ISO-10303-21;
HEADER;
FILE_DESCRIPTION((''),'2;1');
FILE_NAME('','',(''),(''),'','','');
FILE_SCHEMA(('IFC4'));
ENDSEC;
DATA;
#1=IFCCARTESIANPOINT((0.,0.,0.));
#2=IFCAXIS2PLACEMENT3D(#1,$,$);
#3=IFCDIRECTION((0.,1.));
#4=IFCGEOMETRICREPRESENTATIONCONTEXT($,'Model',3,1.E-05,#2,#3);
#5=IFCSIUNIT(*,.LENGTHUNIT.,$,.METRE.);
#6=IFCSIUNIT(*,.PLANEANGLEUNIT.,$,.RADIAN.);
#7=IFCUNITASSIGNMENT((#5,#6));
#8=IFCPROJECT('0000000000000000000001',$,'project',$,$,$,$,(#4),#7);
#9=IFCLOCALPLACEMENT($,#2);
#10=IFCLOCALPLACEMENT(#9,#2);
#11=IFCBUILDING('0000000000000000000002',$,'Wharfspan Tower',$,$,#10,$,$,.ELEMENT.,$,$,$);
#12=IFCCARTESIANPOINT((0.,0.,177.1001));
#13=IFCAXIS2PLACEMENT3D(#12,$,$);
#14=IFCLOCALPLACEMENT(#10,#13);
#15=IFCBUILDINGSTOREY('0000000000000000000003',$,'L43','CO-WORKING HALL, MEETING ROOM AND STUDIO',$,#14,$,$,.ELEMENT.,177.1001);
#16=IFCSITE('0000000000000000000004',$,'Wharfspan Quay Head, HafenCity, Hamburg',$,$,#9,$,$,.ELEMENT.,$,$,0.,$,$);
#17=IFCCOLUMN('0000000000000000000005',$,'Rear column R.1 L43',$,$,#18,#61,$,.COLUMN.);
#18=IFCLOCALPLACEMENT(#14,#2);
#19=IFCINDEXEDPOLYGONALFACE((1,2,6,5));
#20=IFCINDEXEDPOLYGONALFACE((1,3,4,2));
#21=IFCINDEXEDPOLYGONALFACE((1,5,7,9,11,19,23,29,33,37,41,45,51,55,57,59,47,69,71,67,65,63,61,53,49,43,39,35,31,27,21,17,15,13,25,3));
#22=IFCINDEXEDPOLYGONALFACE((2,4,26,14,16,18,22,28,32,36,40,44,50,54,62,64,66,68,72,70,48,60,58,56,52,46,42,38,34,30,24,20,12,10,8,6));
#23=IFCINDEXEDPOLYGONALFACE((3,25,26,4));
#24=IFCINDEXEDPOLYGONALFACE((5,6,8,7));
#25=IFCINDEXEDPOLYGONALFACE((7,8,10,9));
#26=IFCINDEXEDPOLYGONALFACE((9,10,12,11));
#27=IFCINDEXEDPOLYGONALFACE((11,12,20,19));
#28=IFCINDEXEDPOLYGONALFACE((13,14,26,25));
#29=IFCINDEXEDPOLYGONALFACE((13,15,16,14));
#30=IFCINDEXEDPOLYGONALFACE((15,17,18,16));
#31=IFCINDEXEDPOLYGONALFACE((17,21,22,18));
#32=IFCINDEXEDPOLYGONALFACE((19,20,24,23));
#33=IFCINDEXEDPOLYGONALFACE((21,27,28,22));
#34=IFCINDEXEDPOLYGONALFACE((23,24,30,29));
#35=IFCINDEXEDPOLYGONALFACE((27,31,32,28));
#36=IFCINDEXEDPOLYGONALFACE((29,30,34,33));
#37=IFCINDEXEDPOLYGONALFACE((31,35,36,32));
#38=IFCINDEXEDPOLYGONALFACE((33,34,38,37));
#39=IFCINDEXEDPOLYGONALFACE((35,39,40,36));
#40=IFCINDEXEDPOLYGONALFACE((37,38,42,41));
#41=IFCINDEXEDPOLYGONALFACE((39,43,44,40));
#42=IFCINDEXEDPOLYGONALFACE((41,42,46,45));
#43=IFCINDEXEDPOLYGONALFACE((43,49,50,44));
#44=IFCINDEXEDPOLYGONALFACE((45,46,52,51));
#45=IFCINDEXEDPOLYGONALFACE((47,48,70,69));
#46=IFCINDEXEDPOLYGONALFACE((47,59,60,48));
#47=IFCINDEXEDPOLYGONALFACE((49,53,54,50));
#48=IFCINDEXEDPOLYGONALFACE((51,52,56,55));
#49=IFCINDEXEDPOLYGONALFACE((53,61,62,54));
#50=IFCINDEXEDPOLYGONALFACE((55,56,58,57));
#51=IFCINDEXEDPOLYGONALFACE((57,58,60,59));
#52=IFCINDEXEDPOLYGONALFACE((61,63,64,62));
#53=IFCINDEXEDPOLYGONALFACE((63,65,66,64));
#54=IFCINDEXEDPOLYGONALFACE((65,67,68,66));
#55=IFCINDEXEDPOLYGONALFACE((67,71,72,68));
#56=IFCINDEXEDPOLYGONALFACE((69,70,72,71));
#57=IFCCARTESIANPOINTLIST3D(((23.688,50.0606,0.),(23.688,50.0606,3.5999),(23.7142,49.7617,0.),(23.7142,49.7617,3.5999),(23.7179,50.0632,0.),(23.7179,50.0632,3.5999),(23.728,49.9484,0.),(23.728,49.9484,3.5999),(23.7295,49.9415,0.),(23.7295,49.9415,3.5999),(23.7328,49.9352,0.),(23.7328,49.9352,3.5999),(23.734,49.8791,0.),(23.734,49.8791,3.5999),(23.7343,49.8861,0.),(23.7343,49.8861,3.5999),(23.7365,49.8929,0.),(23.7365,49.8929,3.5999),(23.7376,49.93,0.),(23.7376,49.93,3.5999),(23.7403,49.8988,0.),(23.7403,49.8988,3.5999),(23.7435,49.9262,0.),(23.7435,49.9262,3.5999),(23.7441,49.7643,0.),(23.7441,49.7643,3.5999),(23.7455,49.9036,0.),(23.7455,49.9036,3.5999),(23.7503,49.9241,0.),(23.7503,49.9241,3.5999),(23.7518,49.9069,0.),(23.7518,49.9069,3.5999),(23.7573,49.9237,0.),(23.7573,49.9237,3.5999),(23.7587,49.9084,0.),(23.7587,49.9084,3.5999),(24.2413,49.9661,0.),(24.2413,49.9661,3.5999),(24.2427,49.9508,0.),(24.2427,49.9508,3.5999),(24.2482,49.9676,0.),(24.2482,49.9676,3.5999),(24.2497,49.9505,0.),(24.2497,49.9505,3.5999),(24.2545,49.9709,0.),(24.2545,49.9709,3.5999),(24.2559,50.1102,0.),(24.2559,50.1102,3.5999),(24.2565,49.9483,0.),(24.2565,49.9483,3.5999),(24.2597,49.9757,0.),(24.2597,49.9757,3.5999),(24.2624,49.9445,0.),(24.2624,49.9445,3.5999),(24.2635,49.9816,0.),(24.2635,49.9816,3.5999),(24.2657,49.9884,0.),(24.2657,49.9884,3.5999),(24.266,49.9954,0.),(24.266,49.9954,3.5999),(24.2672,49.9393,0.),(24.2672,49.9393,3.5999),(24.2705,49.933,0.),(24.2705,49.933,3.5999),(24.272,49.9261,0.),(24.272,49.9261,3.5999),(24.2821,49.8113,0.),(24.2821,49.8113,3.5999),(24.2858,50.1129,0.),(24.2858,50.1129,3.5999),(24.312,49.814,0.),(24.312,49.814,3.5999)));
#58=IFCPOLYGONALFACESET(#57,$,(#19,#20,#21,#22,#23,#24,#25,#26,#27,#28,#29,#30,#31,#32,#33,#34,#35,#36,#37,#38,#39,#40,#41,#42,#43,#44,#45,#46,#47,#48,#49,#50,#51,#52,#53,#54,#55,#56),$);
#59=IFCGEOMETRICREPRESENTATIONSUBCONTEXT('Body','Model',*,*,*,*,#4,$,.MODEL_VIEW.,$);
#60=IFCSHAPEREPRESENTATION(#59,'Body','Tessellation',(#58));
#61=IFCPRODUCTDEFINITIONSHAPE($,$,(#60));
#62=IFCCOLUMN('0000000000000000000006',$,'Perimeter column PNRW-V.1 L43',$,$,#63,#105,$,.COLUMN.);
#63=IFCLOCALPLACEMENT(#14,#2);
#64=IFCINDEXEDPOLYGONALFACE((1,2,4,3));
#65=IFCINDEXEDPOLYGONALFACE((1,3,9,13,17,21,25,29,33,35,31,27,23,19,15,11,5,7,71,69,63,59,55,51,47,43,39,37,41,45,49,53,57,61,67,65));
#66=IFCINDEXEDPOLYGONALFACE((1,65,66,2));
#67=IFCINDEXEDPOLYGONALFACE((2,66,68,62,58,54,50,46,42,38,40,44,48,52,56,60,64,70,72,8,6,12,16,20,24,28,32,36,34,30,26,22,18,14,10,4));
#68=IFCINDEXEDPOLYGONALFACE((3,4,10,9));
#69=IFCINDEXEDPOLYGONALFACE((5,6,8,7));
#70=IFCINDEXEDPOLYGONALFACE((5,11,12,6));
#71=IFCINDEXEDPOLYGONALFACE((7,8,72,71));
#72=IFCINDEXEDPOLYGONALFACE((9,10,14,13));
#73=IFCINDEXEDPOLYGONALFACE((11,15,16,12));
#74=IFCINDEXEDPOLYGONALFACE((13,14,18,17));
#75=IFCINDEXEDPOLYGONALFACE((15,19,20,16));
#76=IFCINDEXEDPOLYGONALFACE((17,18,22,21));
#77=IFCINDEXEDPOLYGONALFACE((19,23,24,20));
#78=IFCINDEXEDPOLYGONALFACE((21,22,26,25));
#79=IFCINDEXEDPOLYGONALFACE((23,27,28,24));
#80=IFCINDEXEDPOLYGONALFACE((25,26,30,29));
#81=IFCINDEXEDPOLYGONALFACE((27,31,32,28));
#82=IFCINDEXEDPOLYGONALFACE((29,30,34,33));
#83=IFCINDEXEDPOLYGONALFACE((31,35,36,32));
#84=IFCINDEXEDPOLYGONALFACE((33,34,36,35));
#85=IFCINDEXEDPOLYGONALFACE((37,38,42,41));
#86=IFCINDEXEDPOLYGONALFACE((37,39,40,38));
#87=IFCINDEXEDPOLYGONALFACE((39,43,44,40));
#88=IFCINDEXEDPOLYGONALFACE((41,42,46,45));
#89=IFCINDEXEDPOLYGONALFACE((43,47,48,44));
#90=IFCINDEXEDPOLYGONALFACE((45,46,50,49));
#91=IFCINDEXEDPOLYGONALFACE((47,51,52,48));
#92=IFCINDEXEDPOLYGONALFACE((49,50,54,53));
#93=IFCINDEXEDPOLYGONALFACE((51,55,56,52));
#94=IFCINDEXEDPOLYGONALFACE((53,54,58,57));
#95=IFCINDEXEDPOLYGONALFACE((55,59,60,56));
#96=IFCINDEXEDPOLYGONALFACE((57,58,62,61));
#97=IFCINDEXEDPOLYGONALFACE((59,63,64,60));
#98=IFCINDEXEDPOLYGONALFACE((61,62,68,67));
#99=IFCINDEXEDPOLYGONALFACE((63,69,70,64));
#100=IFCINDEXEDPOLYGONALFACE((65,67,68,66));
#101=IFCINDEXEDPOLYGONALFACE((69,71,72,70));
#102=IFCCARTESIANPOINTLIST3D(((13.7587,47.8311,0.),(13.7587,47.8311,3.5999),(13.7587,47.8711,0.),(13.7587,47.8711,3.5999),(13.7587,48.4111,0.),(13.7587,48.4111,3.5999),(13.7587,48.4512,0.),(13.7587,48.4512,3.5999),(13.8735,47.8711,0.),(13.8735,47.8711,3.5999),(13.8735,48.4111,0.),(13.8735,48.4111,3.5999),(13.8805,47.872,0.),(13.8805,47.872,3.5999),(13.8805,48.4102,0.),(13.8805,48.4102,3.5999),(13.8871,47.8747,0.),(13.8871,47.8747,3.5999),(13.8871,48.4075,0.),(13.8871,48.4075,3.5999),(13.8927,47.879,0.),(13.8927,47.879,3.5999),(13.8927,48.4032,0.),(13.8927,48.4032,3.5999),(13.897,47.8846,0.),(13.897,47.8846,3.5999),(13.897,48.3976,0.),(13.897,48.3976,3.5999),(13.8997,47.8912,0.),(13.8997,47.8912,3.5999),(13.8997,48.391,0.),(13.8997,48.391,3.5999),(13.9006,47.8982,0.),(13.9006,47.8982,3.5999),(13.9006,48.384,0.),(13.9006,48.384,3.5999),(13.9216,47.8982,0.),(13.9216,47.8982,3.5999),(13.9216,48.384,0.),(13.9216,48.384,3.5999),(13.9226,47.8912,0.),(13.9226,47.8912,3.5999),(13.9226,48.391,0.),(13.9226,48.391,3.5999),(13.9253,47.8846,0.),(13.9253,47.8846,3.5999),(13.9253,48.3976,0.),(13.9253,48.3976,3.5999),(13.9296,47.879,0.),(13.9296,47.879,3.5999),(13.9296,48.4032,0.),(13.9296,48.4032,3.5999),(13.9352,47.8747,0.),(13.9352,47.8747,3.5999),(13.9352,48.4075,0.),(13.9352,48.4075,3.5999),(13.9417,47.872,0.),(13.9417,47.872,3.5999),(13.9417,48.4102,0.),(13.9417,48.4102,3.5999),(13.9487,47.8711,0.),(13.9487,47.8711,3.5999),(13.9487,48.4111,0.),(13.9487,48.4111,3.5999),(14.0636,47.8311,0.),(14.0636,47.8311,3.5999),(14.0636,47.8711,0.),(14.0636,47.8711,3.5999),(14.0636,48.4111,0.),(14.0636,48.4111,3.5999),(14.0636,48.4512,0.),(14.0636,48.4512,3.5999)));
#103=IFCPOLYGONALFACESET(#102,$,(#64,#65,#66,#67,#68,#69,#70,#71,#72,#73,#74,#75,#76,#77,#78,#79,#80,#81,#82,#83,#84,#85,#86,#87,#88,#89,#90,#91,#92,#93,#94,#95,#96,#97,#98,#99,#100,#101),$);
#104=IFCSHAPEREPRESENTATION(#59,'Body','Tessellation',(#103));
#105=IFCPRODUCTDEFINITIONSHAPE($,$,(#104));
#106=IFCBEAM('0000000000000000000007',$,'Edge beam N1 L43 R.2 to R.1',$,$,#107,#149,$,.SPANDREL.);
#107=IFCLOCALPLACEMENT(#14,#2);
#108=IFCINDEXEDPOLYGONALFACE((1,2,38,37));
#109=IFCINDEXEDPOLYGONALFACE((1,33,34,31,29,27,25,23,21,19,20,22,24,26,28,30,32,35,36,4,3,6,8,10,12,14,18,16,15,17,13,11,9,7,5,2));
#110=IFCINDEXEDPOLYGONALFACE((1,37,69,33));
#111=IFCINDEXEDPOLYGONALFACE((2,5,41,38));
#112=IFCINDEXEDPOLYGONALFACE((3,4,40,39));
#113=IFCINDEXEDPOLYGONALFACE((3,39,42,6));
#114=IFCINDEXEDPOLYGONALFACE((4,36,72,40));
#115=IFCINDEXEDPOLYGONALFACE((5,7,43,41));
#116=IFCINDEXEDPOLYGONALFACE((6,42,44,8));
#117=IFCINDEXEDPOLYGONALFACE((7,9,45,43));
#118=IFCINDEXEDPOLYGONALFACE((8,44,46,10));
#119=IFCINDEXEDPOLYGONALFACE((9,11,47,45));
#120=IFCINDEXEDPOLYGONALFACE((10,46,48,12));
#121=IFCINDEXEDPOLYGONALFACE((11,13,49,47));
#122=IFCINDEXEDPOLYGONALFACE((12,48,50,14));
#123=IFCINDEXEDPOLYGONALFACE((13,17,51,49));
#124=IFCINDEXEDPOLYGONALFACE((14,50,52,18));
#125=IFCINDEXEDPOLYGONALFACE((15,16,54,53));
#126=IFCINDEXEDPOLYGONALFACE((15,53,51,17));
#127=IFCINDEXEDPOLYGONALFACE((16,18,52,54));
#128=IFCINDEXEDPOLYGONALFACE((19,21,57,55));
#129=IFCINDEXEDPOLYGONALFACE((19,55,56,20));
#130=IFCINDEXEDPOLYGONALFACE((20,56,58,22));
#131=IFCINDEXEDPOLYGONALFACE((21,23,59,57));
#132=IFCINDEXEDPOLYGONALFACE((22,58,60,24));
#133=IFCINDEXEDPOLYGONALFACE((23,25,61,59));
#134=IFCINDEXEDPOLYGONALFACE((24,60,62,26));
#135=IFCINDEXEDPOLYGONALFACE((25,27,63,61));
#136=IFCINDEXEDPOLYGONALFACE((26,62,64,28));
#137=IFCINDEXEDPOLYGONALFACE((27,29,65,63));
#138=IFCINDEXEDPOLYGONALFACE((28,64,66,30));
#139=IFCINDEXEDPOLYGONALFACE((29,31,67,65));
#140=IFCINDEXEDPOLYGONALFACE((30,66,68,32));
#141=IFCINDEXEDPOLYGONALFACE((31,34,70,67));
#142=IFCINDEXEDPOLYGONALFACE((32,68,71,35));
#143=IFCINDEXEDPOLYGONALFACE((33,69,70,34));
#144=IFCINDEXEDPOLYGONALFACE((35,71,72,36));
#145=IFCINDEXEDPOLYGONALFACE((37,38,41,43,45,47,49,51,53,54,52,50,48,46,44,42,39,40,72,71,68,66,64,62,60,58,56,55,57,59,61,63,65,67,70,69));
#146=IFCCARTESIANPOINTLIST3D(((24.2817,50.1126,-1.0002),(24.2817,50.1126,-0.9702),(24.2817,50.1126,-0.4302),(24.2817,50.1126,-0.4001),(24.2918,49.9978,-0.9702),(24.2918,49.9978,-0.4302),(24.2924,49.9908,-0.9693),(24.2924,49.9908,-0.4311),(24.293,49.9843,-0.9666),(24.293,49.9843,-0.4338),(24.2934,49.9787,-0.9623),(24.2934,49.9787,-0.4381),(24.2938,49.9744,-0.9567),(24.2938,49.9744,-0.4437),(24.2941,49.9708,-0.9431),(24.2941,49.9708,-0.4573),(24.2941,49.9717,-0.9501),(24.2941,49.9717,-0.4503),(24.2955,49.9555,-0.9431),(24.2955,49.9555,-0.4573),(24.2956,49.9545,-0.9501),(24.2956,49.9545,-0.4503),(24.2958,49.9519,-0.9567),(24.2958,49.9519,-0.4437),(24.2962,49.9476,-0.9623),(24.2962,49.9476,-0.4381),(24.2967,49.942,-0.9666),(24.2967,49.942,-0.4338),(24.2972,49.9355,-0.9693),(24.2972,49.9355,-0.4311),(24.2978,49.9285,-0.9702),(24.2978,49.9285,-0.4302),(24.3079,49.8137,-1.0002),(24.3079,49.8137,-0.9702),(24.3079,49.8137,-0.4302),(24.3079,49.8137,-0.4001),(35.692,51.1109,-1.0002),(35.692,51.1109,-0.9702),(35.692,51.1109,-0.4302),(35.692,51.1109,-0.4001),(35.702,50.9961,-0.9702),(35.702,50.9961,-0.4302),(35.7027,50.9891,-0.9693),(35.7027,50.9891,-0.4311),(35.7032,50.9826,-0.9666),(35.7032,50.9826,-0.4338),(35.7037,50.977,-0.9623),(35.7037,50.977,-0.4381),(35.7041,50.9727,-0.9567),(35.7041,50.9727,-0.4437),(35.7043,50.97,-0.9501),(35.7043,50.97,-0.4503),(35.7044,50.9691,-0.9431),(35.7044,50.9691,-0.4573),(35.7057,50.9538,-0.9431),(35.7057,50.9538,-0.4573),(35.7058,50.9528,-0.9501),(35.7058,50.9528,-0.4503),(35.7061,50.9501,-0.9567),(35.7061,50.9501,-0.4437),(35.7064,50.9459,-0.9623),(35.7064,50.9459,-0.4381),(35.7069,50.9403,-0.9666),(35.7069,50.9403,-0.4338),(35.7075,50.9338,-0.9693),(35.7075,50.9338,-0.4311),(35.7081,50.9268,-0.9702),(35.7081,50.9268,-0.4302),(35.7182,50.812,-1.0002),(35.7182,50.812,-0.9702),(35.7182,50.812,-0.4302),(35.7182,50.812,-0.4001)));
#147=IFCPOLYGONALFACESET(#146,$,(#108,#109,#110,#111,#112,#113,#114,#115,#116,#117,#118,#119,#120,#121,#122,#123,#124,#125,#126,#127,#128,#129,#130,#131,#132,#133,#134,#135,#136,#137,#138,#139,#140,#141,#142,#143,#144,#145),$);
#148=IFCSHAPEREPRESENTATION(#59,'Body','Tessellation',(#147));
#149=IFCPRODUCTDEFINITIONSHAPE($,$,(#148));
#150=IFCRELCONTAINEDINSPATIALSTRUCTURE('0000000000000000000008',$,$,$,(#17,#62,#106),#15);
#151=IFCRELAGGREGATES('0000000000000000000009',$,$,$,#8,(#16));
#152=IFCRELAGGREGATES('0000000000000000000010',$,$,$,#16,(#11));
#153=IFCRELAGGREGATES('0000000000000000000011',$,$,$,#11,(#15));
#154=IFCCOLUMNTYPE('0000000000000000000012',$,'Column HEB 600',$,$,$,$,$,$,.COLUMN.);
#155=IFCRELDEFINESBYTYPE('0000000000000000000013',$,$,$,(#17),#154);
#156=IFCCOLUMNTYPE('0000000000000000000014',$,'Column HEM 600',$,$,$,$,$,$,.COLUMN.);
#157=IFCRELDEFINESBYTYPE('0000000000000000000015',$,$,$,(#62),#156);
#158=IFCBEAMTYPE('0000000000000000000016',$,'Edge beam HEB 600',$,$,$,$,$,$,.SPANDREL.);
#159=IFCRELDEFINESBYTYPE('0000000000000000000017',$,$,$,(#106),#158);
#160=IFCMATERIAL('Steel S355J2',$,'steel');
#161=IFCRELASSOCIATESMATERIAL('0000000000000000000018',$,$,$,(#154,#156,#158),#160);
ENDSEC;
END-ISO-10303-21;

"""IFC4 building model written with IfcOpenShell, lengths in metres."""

from ifc_helpers import new_model, si_unit, direction, frame, origin, origin_2d, place, context, subcontext, project, spatial, i_section, extrude, material, material_profile, profile_set, type_object, element, save


model = new_model("IFC4")

# Units and contexts
model_context = context("Model", 3, precision=1e-05, world=origin(), true_north=direction((0.0, 1.0)))
body_context = subcontext(model_context, "Body", "Model", "MODEL_VIEW")
ifc_project = project(units=[si_unit("LENGTHUNIT", "METRE"), si_unit("PLANEANGLEUNIT", "RADIAN")], contexts=[model_context])

# Site, building, storey
site_placement = place(None, origin())
site = spatial("IfcSite", under=ifc_project, at=site_placement, Name="Wharfspan Quay Head, HafenCity, Hamburg", CompositionType="ELEMENT", RefElevation=0.0)
building_placement = place(site_placement, origin())
building = spatial("IfcBuilding", under=site, at=building_placement, Name="Wharfspan Tower", CompositionType="ELEMENT")
storey_placement = place(building_placement, frame((0.0, 0.0, 177.1001)))
storey = spatial("IfcBuildingStorey", under=building, at=storey_placement, Name="L43", Description="CO-WORKING HALL, MEETING ROOM AND STUDIO", CompositionType="ELEMENT", Elevation=177.1001)

# Columns
ifc_material_1 = material(Name="Steel S355J2", Category="steel")
ifc_material_profile_1 = material_profile(ifc_material_1, i_section(OverallWidth=0.3, OverallDepth=0.6001, WebThickness=0.0154, FlangeThickness=0.03, FilletRadius=0.0271, at=origin_2d()))
ifc_profile_set_1 = profile_set([ifc_material_profile_1], Name="Steel S355J2")
column_type_1 = type_object("IfcColumnType", Name="Column HEB 600", PredefinedType="COLUMN", material=ifc_profile_set_1)
column_1_placement = place(storey_placement, frame((24.0, 49.9373, 0.0), z_axis=(0.0, 0.0, 1.0), x_axis=(-0.087156, 0.996198, 0.0)))
element("IfcColumn", 1, at=column_1_placement, inside=storey, type_object=column_type_1, Name="Rear column R.1 L43", PredefinedType="COLUMN", context=body_context, shape_type="SweptSolid", body=[
    extrude(i_section(OverallWidth=0.3, OverallDepth=0.6001, WebThickness=0.0154, FlangeThickness=0.03, FilletRadius=0.0271, at=origin_2d()), origin(), (0.0, 0.0, 1.0), 3.5999),
])
ifc_material_profile_2 = material_profile(ifc_material_1, i_section(OverallWidth=0.3049, OverallDepth=0.6201, WebThickness=0.021, FlangeThickness=0.04, FilletRadius=0.0271, at=origin_2d()))
ifc_profile_set_2 = profile_set([ifc_material_profile_2], Name="Steel S355J2")
column_type_2 = type_object("IfcColumnType", Name="Column HEM 600", PredefinedType="COLUMN", material=ifc_profile_set_2)
column_2_placement = place(storey_placement, frame((13.9111, 48.1411, 0.0), z_axis=(0.0, 0.0, 1.0), x_axis=(-1.0, 0.0, 0.0)))
element("IfcColumn", 2, at=column_2_placement, inside=storey, type_object=column_type_2, Name="Perimeter column PNRW-V.1 L43", PredefinedType="COLUMN", context=body_context, shape_type="SweptSolid", body=[
    extrude(i_section(OverallWidth=0.3049, OverallDepth=0.6201, WebThickness=0.021, FlangeThickness=0.04, FilletRadius=0.0271, at=origin_2d()), origin(), (0.0, 0.0, 1.0), 3.5999),
])

# Beam
ifc_material_profile_3 = material_profile(ifc_material_1, i_section(OverallWidth=0.3, OverallDepth=0.6001, WebThickness=0.0154, FlangeThickness=0.03, FilletRadius=0.0271, at=origin_2d()))
ifc_profile_set_3 = profile_set([ifc_material_profile_3], Name="Steel S355J2")
beam_type = type_object("IfcBeamType", Name="Edge beam HEB 600", PredefinedType="SPANDREL", material=ifc_profile_set_3)
beam_placement = place(storey_placement, frame((35.7051, 50.9614, -0.7002), z_axis=(-0.996194, -0.087158, 0.0), x_axis=(0.087158, -0.996194, 0.0)))
element("IfcBeam", 3, at=beam_placement, inside=storey, type_object=beam_type, Name="Edge beam N1 L43 R.2 to R.1", PredefinedType="SPANDREL", context=body_context, shape_type="SweptSolid", body=[
    extrude(i_section(OverallWidth=0.3, OverallDepth=0.6001, WebThickness=0.0154, FlangeThickness=0.03, FilletRadius=0.0271, at=origin_2d()), origin(), (0.0, 0.0, 1.0), 11.4539),
])

save(model, "model.ifc")
